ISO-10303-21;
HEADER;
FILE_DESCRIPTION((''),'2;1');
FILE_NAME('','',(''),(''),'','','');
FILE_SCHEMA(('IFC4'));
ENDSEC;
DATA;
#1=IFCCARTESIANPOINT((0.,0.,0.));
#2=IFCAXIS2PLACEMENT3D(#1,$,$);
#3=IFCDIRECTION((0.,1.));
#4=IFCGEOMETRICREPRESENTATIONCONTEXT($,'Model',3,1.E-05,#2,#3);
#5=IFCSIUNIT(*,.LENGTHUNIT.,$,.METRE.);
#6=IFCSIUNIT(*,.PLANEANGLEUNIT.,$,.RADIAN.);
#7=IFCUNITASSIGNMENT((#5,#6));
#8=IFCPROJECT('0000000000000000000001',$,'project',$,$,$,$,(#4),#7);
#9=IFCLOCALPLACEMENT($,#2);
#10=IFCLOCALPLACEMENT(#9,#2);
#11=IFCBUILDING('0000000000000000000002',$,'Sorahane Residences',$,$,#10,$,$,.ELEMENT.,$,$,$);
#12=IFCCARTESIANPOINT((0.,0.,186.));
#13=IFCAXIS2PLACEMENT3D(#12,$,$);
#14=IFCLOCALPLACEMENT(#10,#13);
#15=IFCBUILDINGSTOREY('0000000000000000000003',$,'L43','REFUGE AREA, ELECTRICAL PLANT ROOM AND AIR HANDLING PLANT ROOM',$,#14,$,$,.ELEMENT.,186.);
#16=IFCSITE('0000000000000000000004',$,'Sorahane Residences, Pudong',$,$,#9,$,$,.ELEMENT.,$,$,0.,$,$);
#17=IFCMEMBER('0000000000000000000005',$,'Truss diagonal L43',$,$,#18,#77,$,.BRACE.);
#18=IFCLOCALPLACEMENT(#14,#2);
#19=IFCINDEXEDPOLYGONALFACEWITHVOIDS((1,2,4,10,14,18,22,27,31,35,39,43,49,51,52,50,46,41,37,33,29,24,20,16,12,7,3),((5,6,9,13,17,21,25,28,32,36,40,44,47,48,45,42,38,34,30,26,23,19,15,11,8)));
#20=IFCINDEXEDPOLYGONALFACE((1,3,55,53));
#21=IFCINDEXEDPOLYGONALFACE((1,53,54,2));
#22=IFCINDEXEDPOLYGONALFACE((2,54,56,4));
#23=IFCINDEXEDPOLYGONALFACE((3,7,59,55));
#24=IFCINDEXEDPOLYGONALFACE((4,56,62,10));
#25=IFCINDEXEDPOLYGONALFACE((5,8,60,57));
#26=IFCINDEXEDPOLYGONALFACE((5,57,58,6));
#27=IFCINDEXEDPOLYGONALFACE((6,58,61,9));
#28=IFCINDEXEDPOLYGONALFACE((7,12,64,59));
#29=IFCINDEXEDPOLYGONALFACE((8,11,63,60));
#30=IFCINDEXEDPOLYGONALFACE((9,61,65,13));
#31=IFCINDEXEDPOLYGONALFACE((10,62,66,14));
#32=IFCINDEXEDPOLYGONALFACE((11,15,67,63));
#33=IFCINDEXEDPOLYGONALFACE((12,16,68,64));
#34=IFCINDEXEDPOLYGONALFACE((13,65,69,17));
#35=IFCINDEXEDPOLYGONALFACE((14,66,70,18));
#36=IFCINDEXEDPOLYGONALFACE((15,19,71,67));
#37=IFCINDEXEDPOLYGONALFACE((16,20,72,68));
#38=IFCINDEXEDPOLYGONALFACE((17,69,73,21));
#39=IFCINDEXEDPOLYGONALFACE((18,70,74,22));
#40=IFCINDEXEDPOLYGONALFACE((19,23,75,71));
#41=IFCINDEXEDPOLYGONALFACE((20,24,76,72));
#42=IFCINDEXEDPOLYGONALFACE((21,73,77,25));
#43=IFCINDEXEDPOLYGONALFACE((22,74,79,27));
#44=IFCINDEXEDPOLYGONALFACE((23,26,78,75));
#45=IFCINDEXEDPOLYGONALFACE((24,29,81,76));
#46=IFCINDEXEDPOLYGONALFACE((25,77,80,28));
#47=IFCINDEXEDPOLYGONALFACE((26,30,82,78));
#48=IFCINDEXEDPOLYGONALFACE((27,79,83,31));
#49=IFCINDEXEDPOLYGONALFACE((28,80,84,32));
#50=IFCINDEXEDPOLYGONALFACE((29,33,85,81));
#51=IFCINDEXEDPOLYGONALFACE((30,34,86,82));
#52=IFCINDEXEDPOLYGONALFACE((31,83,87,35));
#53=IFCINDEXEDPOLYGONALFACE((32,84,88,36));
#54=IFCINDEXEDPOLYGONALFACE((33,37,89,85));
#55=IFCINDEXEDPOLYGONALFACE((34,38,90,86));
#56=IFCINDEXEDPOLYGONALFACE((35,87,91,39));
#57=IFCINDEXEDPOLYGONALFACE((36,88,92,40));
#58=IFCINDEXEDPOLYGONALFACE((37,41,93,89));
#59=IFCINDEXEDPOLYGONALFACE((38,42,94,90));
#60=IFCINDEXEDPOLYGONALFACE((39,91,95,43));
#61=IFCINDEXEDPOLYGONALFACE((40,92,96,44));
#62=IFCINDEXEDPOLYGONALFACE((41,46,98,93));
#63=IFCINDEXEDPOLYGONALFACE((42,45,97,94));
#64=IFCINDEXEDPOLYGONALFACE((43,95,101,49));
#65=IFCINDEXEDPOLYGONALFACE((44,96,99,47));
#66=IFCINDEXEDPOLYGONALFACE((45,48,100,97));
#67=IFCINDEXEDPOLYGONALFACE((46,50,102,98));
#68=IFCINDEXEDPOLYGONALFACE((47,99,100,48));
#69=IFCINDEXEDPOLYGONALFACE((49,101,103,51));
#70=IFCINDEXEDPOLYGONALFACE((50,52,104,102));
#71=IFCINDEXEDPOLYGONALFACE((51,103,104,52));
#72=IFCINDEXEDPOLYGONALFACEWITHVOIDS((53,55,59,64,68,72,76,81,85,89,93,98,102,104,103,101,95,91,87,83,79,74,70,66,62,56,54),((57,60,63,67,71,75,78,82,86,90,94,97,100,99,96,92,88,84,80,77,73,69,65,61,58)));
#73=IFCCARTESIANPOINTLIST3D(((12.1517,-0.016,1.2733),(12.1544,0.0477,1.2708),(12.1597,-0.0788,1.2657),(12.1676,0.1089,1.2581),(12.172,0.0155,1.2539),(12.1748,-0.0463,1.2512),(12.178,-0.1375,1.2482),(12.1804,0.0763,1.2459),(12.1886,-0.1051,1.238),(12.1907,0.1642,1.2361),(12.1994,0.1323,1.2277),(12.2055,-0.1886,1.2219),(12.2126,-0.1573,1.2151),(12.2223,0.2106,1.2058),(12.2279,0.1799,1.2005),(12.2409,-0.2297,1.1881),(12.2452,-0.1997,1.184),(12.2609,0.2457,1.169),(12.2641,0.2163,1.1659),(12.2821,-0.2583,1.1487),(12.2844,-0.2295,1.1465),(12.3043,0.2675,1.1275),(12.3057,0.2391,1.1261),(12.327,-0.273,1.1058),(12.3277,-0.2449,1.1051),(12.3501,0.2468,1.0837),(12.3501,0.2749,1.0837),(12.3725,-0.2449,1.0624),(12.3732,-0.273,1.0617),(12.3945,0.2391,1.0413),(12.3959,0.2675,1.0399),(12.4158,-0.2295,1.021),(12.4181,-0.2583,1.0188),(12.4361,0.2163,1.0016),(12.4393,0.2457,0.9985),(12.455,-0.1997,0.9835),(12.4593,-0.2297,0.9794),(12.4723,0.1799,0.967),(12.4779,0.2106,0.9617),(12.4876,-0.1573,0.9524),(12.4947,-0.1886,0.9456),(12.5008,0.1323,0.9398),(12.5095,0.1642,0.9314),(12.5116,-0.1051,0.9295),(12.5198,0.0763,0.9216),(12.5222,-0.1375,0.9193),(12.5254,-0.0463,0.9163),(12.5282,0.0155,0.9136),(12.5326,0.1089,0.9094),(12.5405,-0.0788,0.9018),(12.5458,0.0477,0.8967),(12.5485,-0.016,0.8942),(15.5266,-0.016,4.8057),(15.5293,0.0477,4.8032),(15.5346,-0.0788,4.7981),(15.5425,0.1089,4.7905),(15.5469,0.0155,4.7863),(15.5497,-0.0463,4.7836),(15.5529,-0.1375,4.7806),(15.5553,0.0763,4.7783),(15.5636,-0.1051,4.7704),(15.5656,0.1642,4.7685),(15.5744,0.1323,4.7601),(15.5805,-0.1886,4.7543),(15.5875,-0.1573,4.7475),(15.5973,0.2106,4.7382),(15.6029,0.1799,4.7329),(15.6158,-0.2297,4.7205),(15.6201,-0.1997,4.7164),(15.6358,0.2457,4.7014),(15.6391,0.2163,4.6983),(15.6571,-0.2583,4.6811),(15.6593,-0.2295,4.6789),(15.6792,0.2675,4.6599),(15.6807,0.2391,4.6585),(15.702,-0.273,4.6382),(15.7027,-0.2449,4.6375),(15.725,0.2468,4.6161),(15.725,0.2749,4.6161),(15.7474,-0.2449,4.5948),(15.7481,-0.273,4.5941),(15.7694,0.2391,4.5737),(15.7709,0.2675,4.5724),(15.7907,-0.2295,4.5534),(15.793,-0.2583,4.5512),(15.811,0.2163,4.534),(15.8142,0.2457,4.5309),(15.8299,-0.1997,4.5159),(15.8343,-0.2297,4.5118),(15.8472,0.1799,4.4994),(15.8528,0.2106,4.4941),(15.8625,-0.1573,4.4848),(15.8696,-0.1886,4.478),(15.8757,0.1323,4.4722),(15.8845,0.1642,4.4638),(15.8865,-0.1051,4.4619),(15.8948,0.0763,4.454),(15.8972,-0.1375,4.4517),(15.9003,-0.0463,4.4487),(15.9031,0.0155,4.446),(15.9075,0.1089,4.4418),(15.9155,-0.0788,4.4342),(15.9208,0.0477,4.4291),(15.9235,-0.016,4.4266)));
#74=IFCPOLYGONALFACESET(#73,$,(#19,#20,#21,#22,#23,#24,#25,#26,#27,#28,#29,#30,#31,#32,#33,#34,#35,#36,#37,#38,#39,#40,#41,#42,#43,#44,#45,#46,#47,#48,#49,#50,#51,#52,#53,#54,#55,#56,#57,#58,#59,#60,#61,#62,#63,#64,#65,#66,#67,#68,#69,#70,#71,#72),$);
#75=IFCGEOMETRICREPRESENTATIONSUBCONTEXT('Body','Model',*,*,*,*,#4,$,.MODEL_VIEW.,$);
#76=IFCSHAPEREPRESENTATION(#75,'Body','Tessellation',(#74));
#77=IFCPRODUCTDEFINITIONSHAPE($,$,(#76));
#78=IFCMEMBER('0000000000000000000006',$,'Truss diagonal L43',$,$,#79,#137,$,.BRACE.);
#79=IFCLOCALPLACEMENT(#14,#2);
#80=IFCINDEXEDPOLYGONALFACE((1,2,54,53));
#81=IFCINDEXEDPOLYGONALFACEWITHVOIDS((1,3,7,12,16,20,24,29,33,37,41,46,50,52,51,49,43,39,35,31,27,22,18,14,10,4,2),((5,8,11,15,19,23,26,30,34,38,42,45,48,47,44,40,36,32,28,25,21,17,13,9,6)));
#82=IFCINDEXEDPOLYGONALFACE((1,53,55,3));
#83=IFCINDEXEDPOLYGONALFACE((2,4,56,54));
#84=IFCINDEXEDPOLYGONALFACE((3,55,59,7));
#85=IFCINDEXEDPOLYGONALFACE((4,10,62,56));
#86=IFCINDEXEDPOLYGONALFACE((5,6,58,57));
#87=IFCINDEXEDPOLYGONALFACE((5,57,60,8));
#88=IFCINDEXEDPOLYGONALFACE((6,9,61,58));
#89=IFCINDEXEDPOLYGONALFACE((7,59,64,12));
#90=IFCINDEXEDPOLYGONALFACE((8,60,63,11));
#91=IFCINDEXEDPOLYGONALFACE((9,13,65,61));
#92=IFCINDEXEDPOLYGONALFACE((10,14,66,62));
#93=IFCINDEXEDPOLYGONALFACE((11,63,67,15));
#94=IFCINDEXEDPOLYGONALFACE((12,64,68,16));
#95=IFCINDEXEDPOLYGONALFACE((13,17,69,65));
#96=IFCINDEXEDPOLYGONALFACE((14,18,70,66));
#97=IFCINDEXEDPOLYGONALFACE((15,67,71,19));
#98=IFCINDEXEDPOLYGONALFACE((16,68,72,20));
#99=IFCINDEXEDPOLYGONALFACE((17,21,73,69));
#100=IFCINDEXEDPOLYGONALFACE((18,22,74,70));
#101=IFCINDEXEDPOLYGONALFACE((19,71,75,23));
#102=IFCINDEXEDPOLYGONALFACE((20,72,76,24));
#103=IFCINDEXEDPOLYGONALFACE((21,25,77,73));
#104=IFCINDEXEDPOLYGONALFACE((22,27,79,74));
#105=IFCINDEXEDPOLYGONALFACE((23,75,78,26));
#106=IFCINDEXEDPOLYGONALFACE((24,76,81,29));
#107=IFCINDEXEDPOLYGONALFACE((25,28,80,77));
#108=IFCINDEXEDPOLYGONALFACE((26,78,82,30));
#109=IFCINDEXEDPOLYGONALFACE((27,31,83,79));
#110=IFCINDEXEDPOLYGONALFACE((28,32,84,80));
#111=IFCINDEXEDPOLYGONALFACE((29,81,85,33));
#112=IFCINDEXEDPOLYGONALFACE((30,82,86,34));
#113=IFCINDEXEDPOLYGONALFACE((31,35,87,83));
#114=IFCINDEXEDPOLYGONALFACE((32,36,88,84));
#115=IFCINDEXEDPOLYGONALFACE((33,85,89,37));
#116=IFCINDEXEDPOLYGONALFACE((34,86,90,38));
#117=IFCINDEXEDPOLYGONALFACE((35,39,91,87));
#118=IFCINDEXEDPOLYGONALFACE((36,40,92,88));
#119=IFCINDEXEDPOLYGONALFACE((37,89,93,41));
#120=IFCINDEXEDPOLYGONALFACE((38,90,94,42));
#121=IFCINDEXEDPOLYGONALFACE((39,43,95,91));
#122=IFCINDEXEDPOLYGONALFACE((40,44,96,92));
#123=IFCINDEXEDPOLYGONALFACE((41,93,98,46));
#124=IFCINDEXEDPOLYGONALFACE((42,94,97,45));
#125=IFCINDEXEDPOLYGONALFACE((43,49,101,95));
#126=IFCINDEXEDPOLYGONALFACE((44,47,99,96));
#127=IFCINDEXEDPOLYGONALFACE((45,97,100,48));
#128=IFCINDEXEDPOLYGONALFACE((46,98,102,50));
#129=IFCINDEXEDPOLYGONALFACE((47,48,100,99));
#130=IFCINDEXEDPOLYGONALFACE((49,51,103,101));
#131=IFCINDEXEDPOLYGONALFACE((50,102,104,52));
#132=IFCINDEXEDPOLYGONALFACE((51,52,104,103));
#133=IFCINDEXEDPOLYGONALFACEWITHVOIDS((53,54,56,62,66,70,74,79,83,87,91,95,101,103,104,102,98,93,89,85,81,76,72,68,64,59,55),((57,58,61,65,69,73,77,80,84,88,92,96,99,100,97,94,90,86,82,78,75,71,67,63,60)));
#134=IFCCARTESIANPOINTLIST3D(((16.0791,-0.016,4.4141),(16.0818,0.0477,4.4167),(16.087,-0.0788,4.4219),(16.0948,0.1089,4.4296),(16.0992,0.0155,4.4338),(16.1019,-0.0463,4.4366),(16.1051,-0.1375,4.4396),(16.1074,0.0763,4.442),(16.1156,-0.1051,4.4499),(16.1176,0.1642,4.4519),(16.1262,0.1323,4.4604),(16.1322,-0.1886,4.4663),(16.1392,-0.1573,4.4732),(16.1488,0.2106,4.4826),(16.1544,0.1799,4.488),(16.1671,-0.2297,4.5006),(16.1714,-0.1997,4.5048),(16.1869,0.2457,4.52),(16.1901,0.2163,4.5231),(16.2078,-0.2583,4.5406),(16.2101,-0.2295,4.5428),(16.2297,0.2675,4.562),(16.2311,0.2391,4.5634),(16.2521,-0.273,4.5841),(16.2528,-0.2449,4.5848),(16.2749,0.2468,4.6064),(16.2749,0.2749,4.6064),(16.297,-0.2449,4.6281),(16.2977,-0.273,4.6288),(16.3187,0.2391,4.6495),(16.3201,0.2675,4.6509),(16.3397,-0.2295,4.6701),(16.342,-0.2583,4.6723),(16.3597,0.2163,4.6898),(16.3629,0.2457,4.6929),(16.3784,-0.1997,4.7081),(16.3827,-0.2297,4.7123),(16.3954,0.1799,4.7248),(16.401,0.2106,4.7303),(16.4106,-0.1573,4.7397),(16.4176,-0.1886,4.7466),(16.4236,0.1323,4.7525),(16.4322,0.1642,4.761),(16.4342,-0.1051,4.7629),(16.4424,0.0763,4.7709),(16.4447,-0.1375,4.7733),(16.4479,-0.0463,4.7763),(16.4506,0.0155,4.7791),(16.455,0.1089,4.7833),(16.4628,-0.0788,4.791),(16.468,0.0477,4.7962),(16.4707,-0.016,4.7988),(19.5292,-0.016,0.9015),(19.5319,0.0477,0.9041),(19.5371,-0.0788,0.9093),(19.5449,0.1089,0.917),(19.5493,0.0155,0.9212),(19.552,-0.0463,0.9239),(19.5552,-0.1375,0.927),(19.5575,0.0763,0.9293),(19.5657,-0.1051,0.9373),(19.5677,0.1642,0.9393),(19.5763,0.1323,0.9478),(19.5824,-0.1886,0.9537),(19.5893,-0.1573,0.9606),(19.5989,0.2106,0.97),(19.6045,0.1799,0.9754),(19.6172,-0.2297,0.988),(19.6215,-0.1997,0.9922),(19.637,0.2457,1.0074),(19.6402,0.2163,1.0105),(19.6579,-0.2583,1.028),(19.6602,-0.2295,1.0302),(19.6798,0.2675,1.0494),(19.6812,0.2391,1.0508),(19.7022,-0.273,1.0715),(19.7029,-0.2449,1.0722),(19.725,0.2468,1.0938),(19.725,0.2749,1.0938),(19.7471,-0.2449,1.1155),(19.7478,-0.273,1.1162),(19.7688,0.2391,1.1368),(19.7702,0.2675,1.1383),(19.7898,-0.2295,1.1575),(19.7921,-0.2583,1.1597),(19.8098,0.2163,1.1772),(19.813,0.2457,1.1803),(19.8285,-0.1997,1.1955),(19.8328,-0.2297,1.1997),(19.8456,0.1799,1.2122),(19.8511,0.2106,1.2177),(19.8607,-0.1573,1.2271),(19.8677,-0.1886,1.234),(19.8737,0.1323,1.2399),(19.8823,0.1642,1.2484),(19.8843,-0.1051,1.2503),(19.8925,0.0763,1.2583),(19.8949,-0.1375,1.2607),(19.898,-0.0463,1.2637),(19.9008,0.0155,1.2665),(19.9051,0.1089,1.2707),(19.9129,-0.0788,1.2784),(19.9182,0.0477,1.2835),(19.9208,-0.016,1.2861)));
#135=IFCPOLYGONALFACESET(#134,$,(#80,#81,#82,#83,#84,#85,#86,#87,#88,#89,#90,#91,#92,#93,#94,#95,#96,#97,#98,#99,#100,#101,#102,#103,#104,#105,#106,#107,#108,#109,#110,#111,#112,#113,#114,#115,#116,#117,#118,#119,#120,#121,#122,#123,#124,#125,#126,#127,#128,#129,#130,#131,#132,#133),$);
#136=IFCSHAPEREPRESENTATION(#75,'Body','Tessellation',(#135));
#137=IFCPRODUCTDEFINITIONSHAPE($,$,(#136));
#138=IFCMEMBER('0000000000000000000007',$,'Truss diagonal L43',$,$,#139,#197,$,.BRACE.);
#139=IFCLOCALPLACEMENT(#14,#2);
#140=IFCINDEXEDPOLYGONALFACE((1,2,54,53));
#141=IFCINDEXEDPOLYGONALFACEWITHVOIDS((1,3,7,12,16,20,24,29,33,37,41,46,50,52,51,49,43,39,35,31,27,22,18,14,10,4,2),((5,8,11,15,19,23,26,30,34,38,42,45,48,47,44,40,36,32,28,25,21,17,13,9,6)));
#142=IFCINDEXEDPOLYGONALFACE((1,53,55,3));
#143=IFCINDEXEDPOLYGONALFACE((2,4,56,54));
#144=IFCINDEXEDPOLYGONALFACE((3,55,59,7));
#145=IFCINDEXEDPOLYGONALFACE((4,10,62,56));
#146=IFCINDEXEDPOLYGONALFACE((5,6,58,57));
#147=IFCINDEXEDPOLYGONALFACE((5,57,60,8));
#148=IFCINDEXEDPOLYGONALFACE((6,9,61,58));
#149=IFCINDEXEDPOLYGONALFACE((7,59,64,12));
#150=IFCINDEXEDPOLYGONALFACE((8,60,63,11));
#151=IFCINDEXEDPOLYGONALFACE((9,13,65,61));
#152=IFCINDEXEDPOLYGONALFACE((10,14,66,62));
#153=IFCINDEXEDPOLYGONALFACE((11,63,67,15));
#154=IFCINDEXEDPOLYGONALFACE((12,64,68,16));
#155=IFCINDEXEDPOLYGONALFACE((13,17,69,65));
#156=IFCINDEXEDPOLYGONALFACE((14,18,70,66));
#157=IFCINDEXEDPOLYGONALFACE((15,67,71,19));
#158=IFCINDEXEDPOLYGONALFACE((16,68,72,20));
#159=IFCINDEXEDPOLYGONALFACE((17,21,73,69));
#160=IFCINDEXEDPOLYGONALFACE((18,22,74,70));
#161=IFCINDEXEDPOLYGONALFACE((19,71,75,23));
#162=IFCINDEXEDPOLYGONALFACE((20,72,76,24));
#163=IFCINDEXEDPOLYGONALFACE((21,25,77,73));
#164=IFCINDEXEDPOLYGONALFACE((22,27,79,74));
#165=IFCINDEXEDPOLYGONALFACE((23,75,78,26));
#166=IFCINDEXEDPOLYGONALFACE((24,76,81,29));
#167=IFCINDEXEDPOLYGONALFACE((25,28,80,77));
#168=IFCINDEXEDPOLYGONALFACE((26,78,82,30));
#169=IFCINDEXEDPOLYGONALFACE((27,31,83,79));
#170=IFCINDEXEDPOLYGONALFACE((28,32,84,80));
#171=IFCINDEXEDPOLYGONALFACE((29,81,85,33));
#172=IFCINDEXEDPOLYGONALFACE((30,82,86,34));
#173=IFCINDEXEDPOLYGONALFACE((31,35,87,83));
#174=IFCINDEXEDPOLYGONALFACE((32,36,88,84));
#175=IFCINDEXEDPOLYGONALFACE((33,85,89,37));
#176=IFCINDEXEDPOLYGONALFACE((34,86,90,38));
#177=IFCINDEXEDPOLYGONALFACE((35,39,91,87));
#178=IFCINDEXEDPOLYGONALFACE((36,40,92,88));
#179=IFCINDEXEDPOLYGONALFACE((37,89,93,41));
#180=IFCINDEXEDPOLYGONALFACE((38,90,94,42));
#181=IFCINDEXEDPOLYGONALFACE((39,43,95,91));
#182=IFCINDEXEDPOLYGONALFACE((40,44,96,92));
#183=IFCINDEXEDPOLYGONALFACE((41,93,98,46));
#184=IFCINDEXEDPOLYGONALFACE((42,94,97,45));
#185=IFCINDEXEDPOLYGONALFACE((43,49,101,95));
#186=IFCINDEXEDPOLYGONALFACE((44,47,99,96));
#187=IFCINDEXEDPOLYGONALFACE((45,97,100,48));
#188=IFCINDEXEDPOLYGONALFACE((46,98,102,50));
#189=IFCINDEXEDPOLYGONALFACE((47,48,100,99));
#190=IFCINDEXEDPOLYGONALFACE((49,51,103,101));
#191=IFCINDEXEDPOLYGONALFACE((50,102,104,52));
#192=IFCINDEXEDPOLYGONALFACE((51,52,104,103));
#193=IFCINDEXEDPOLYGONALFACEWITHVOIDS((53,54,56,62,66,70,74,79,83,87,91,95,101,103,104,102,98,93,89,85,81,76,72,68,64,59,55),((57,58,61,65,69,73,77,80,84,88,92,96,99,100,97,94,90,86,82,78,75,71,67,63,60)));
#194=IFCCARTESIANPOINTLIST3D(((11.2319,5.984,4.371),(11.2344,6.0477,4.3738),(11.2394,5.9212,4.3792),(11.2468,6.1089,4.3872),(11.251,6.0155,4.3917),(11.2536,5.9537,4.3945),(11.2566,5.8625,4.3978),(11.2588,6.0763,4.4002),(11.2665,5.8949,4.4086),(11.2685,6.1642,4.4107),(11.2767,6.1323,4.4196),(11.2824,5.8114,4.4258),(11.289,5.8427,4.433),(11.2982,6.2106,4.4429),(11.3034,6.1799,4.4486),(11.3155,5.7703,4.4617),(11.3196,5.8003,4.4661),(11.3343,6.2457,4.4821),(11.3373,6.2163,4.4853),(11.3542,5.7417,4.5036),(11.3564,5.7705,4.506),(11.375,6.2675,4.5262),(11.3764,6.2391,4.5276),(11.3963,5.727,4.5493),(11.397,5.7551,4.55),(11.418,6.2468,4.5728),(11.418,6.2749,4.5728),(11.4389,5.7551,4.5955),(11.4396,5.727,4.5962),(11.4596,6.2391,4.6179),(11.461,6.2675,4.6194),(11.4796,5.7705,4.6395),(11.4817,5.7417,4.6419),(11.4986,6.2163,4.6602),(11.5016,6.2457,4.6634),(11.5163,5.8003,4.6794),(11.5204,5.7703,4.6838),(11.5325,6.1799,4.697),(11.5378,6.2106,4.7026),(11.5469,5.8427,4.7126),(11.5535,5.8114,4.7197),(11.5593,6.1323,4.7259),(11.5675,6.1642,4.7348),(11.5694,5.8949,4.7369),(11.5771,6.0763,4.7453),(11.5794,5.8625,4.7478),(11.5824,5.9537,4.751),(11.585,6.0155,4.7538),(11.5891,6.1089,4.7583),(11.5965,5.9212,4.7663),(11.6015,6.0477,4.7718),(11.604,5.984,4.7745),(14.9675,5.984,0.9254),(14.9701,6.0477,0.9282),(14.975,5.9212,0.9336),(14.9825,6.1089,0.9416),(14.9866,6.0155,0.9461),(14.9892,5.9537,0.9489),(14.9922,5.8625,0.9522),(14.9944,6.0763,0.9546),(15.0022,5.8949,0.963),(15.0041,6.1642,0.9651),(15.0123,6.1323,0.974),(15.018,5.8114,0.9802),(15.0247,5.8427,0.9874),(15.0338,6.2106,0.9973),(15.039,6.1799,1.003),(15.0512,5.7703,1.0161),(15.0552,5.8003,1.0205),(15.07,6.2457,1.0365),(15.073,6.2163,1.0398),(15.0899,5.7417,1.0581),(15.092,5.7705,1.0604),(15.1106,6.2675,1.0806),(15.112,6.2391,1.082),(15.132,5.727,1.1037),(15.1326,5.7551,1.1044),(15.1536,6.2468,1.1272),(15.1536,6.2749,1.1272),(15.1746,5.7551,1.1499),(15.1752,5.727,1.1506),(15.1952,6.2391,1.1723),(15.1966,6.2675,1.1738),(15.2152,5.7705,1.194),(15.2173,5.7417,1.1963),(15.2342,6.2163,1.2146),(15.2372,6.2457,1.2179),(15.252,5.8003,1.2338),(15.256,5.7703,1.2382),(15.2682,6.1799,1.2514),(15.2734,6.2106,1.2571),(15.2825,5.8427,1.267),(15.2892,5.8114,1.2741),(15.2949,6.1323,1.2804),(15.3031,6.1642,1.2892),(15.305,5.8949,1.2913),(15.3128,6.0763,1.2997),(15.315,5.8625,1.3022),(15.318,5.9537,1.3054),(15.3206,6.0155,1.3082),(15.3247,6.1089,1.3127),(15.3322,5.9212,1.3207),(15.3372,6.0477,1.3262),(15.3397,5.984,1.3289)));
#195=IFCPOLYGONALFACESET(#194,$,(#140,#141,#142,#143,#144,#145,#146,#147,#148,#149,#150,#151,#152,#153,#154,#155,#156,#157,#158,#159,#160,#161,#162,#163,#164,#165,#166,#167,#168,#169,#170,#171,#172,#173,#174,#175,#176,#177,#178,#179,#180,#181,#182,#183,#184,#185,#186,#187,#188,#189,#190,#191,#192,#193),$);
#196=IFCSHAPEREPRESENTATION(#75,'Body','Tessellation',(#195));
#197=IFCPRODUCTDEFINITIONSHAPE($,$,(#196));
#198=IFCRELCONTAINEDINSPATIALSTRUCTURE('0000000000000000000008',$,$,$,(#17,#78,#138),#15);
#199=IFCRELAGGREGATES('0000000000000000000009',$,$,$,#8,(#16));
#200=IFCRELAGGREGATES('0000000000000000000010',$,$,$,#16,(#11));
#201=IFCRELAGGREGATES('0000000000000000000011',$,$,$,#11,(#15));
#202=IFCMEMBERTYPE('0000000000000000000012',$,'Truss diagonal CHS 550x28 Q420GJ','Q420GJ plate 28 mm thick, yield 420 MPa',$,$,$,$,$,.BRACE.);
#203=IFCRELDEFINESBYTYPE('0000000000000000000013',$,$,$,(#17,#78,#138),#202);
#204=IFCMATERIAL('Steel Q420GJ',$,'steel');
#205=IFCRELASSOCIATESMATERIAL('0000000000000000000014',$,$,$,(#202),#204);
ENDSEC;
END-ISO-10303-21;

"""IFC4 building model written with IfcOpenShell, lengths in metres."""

from ifc_helpers import new_model, si_unit, direction, frame, origin, origin_2d, place, context, subcontext, project, spatial, hollow_circle, extrude, material, material_profile, profile_set, type_object, element, save


model = new_model("IFC4")

# Units and contexts
model_context = context("Model", 3, precision=1e-05, world=origin(), true_north=direction((0.0, 1.0)))
body_context = subcontext(model_context, "Body", "Model", "MODEL_VIEW")
ifc_project = project(units=[si_unit("LENGTHUNIT", "METRE"), si_unit("PLANEANGLEUNIT", "RADIAN")], contexts=[model_context])

# Site, building, storey
site_placement = place(None, origin())
site = spatial("IfcSite", under=ifc_project, at=site_placement, Name="Sorahane Residences, Pudong", CompositionType="ELEMENT", RefElevation=0.0)
building_placement = place(site_placement, origin())
building = spatial("IfcBuilding", under=site, at=building_placement, Name="Sorahane Residences", CompositionType="ELEMENT")
storey_placement = place(building_placement, frame((0.0, 0.0, 186.0)))
storey = spatial("IfcBuildingStorey", under=building, at=storey_placement, Name="L43", Description="REFUGE AREA, ELECTRICAL PLANT ROOM AND AIR HANDLING PLANT ROOM", CompositionType="ELEMENT", Elevation=186.0)

# Members
ifc_material_1 = material(Name="Steel Q420GJ", Category="steel")
ifc_material_profile_1 = material_profile(ifc_material_1, hollow_circle(Radius=0.2749, WallThickness=0.0281, at=origin_2d()), Name="CHS 550x28")
ifc_profile_set_1 = profile_set([ifc_material_profile_1], Name="Steel Q420GJ")
member_type = type_object("IfcMemberType", Name="Truss diagonal CHS 550x28 Q420GJ", Description="Q420GJ plate 28 mm thick, yield 420 MPa", PredefinedType="BRACE", material=ifc_profile_set_1)
for number, where, z_axis, x_axis, name in (
    (1, (12.3501, 0.0, 1.0837), (0.690807, 0.0, 0.723039), (0.0, 1.0, 0.0), "Truss diagonal L43"),
):
    element("IfcMember", number, at=place(storey_placement, frame(where, z_axis=z_axis, x_axis=x_axis)), inside=storey, type_object=member_type, Name=name, PredefinedType="BRACE", context=body_context, shape_type="SweptSolid", body=[
        extrude(hollow_circle(Radius=0.2749, WallThickness=0.0281, at=origin_2d()), origin(), (0.0, 0.0, 1.0), 4.8855),
    ])
member_1_placement = place(storey_placement, frame((16.2749, 0.0, 4.6064), z_axis=(0.700731, 0.0, -0.713425), x_axis=(0.0, 1.0, 0.0)))
element("IfcMember", 2, at=member_1_placement, inside=storey, type_object=member_type, Name="Truss diagonal L43", PredefinedType="BRACE", context=body_context, shape_type="SweptSolid", body=[
    extrude(hollow_circle(Radius=0.2749, WallThickness=0.0281, at=origin_2d()), origin(), (0.0, 0.0, 1.0), 4.9236),
])
member_2_placement = place(storey_placement, frame((11.418, 6.0, 4.5728), z_axis=(0.735067, 0.0, -0.677995), x_axis=(0.0, 1.0, 0.0)))
element("IfcMember", 3, at=member_2_placement, inside=storey, type_object=member_type, Name="Truss diagonal L43", PredefinedType="BRACE", context=body_context, shape_type="SweptSolid", body=[
    extrude(hollow_circle(Radius=0.2749, WallThickness=0.0281, at=origin_2d()), origin(), (0.0, 0.0, 1.0), 5.082),
])

save(model, "model.ifc")
